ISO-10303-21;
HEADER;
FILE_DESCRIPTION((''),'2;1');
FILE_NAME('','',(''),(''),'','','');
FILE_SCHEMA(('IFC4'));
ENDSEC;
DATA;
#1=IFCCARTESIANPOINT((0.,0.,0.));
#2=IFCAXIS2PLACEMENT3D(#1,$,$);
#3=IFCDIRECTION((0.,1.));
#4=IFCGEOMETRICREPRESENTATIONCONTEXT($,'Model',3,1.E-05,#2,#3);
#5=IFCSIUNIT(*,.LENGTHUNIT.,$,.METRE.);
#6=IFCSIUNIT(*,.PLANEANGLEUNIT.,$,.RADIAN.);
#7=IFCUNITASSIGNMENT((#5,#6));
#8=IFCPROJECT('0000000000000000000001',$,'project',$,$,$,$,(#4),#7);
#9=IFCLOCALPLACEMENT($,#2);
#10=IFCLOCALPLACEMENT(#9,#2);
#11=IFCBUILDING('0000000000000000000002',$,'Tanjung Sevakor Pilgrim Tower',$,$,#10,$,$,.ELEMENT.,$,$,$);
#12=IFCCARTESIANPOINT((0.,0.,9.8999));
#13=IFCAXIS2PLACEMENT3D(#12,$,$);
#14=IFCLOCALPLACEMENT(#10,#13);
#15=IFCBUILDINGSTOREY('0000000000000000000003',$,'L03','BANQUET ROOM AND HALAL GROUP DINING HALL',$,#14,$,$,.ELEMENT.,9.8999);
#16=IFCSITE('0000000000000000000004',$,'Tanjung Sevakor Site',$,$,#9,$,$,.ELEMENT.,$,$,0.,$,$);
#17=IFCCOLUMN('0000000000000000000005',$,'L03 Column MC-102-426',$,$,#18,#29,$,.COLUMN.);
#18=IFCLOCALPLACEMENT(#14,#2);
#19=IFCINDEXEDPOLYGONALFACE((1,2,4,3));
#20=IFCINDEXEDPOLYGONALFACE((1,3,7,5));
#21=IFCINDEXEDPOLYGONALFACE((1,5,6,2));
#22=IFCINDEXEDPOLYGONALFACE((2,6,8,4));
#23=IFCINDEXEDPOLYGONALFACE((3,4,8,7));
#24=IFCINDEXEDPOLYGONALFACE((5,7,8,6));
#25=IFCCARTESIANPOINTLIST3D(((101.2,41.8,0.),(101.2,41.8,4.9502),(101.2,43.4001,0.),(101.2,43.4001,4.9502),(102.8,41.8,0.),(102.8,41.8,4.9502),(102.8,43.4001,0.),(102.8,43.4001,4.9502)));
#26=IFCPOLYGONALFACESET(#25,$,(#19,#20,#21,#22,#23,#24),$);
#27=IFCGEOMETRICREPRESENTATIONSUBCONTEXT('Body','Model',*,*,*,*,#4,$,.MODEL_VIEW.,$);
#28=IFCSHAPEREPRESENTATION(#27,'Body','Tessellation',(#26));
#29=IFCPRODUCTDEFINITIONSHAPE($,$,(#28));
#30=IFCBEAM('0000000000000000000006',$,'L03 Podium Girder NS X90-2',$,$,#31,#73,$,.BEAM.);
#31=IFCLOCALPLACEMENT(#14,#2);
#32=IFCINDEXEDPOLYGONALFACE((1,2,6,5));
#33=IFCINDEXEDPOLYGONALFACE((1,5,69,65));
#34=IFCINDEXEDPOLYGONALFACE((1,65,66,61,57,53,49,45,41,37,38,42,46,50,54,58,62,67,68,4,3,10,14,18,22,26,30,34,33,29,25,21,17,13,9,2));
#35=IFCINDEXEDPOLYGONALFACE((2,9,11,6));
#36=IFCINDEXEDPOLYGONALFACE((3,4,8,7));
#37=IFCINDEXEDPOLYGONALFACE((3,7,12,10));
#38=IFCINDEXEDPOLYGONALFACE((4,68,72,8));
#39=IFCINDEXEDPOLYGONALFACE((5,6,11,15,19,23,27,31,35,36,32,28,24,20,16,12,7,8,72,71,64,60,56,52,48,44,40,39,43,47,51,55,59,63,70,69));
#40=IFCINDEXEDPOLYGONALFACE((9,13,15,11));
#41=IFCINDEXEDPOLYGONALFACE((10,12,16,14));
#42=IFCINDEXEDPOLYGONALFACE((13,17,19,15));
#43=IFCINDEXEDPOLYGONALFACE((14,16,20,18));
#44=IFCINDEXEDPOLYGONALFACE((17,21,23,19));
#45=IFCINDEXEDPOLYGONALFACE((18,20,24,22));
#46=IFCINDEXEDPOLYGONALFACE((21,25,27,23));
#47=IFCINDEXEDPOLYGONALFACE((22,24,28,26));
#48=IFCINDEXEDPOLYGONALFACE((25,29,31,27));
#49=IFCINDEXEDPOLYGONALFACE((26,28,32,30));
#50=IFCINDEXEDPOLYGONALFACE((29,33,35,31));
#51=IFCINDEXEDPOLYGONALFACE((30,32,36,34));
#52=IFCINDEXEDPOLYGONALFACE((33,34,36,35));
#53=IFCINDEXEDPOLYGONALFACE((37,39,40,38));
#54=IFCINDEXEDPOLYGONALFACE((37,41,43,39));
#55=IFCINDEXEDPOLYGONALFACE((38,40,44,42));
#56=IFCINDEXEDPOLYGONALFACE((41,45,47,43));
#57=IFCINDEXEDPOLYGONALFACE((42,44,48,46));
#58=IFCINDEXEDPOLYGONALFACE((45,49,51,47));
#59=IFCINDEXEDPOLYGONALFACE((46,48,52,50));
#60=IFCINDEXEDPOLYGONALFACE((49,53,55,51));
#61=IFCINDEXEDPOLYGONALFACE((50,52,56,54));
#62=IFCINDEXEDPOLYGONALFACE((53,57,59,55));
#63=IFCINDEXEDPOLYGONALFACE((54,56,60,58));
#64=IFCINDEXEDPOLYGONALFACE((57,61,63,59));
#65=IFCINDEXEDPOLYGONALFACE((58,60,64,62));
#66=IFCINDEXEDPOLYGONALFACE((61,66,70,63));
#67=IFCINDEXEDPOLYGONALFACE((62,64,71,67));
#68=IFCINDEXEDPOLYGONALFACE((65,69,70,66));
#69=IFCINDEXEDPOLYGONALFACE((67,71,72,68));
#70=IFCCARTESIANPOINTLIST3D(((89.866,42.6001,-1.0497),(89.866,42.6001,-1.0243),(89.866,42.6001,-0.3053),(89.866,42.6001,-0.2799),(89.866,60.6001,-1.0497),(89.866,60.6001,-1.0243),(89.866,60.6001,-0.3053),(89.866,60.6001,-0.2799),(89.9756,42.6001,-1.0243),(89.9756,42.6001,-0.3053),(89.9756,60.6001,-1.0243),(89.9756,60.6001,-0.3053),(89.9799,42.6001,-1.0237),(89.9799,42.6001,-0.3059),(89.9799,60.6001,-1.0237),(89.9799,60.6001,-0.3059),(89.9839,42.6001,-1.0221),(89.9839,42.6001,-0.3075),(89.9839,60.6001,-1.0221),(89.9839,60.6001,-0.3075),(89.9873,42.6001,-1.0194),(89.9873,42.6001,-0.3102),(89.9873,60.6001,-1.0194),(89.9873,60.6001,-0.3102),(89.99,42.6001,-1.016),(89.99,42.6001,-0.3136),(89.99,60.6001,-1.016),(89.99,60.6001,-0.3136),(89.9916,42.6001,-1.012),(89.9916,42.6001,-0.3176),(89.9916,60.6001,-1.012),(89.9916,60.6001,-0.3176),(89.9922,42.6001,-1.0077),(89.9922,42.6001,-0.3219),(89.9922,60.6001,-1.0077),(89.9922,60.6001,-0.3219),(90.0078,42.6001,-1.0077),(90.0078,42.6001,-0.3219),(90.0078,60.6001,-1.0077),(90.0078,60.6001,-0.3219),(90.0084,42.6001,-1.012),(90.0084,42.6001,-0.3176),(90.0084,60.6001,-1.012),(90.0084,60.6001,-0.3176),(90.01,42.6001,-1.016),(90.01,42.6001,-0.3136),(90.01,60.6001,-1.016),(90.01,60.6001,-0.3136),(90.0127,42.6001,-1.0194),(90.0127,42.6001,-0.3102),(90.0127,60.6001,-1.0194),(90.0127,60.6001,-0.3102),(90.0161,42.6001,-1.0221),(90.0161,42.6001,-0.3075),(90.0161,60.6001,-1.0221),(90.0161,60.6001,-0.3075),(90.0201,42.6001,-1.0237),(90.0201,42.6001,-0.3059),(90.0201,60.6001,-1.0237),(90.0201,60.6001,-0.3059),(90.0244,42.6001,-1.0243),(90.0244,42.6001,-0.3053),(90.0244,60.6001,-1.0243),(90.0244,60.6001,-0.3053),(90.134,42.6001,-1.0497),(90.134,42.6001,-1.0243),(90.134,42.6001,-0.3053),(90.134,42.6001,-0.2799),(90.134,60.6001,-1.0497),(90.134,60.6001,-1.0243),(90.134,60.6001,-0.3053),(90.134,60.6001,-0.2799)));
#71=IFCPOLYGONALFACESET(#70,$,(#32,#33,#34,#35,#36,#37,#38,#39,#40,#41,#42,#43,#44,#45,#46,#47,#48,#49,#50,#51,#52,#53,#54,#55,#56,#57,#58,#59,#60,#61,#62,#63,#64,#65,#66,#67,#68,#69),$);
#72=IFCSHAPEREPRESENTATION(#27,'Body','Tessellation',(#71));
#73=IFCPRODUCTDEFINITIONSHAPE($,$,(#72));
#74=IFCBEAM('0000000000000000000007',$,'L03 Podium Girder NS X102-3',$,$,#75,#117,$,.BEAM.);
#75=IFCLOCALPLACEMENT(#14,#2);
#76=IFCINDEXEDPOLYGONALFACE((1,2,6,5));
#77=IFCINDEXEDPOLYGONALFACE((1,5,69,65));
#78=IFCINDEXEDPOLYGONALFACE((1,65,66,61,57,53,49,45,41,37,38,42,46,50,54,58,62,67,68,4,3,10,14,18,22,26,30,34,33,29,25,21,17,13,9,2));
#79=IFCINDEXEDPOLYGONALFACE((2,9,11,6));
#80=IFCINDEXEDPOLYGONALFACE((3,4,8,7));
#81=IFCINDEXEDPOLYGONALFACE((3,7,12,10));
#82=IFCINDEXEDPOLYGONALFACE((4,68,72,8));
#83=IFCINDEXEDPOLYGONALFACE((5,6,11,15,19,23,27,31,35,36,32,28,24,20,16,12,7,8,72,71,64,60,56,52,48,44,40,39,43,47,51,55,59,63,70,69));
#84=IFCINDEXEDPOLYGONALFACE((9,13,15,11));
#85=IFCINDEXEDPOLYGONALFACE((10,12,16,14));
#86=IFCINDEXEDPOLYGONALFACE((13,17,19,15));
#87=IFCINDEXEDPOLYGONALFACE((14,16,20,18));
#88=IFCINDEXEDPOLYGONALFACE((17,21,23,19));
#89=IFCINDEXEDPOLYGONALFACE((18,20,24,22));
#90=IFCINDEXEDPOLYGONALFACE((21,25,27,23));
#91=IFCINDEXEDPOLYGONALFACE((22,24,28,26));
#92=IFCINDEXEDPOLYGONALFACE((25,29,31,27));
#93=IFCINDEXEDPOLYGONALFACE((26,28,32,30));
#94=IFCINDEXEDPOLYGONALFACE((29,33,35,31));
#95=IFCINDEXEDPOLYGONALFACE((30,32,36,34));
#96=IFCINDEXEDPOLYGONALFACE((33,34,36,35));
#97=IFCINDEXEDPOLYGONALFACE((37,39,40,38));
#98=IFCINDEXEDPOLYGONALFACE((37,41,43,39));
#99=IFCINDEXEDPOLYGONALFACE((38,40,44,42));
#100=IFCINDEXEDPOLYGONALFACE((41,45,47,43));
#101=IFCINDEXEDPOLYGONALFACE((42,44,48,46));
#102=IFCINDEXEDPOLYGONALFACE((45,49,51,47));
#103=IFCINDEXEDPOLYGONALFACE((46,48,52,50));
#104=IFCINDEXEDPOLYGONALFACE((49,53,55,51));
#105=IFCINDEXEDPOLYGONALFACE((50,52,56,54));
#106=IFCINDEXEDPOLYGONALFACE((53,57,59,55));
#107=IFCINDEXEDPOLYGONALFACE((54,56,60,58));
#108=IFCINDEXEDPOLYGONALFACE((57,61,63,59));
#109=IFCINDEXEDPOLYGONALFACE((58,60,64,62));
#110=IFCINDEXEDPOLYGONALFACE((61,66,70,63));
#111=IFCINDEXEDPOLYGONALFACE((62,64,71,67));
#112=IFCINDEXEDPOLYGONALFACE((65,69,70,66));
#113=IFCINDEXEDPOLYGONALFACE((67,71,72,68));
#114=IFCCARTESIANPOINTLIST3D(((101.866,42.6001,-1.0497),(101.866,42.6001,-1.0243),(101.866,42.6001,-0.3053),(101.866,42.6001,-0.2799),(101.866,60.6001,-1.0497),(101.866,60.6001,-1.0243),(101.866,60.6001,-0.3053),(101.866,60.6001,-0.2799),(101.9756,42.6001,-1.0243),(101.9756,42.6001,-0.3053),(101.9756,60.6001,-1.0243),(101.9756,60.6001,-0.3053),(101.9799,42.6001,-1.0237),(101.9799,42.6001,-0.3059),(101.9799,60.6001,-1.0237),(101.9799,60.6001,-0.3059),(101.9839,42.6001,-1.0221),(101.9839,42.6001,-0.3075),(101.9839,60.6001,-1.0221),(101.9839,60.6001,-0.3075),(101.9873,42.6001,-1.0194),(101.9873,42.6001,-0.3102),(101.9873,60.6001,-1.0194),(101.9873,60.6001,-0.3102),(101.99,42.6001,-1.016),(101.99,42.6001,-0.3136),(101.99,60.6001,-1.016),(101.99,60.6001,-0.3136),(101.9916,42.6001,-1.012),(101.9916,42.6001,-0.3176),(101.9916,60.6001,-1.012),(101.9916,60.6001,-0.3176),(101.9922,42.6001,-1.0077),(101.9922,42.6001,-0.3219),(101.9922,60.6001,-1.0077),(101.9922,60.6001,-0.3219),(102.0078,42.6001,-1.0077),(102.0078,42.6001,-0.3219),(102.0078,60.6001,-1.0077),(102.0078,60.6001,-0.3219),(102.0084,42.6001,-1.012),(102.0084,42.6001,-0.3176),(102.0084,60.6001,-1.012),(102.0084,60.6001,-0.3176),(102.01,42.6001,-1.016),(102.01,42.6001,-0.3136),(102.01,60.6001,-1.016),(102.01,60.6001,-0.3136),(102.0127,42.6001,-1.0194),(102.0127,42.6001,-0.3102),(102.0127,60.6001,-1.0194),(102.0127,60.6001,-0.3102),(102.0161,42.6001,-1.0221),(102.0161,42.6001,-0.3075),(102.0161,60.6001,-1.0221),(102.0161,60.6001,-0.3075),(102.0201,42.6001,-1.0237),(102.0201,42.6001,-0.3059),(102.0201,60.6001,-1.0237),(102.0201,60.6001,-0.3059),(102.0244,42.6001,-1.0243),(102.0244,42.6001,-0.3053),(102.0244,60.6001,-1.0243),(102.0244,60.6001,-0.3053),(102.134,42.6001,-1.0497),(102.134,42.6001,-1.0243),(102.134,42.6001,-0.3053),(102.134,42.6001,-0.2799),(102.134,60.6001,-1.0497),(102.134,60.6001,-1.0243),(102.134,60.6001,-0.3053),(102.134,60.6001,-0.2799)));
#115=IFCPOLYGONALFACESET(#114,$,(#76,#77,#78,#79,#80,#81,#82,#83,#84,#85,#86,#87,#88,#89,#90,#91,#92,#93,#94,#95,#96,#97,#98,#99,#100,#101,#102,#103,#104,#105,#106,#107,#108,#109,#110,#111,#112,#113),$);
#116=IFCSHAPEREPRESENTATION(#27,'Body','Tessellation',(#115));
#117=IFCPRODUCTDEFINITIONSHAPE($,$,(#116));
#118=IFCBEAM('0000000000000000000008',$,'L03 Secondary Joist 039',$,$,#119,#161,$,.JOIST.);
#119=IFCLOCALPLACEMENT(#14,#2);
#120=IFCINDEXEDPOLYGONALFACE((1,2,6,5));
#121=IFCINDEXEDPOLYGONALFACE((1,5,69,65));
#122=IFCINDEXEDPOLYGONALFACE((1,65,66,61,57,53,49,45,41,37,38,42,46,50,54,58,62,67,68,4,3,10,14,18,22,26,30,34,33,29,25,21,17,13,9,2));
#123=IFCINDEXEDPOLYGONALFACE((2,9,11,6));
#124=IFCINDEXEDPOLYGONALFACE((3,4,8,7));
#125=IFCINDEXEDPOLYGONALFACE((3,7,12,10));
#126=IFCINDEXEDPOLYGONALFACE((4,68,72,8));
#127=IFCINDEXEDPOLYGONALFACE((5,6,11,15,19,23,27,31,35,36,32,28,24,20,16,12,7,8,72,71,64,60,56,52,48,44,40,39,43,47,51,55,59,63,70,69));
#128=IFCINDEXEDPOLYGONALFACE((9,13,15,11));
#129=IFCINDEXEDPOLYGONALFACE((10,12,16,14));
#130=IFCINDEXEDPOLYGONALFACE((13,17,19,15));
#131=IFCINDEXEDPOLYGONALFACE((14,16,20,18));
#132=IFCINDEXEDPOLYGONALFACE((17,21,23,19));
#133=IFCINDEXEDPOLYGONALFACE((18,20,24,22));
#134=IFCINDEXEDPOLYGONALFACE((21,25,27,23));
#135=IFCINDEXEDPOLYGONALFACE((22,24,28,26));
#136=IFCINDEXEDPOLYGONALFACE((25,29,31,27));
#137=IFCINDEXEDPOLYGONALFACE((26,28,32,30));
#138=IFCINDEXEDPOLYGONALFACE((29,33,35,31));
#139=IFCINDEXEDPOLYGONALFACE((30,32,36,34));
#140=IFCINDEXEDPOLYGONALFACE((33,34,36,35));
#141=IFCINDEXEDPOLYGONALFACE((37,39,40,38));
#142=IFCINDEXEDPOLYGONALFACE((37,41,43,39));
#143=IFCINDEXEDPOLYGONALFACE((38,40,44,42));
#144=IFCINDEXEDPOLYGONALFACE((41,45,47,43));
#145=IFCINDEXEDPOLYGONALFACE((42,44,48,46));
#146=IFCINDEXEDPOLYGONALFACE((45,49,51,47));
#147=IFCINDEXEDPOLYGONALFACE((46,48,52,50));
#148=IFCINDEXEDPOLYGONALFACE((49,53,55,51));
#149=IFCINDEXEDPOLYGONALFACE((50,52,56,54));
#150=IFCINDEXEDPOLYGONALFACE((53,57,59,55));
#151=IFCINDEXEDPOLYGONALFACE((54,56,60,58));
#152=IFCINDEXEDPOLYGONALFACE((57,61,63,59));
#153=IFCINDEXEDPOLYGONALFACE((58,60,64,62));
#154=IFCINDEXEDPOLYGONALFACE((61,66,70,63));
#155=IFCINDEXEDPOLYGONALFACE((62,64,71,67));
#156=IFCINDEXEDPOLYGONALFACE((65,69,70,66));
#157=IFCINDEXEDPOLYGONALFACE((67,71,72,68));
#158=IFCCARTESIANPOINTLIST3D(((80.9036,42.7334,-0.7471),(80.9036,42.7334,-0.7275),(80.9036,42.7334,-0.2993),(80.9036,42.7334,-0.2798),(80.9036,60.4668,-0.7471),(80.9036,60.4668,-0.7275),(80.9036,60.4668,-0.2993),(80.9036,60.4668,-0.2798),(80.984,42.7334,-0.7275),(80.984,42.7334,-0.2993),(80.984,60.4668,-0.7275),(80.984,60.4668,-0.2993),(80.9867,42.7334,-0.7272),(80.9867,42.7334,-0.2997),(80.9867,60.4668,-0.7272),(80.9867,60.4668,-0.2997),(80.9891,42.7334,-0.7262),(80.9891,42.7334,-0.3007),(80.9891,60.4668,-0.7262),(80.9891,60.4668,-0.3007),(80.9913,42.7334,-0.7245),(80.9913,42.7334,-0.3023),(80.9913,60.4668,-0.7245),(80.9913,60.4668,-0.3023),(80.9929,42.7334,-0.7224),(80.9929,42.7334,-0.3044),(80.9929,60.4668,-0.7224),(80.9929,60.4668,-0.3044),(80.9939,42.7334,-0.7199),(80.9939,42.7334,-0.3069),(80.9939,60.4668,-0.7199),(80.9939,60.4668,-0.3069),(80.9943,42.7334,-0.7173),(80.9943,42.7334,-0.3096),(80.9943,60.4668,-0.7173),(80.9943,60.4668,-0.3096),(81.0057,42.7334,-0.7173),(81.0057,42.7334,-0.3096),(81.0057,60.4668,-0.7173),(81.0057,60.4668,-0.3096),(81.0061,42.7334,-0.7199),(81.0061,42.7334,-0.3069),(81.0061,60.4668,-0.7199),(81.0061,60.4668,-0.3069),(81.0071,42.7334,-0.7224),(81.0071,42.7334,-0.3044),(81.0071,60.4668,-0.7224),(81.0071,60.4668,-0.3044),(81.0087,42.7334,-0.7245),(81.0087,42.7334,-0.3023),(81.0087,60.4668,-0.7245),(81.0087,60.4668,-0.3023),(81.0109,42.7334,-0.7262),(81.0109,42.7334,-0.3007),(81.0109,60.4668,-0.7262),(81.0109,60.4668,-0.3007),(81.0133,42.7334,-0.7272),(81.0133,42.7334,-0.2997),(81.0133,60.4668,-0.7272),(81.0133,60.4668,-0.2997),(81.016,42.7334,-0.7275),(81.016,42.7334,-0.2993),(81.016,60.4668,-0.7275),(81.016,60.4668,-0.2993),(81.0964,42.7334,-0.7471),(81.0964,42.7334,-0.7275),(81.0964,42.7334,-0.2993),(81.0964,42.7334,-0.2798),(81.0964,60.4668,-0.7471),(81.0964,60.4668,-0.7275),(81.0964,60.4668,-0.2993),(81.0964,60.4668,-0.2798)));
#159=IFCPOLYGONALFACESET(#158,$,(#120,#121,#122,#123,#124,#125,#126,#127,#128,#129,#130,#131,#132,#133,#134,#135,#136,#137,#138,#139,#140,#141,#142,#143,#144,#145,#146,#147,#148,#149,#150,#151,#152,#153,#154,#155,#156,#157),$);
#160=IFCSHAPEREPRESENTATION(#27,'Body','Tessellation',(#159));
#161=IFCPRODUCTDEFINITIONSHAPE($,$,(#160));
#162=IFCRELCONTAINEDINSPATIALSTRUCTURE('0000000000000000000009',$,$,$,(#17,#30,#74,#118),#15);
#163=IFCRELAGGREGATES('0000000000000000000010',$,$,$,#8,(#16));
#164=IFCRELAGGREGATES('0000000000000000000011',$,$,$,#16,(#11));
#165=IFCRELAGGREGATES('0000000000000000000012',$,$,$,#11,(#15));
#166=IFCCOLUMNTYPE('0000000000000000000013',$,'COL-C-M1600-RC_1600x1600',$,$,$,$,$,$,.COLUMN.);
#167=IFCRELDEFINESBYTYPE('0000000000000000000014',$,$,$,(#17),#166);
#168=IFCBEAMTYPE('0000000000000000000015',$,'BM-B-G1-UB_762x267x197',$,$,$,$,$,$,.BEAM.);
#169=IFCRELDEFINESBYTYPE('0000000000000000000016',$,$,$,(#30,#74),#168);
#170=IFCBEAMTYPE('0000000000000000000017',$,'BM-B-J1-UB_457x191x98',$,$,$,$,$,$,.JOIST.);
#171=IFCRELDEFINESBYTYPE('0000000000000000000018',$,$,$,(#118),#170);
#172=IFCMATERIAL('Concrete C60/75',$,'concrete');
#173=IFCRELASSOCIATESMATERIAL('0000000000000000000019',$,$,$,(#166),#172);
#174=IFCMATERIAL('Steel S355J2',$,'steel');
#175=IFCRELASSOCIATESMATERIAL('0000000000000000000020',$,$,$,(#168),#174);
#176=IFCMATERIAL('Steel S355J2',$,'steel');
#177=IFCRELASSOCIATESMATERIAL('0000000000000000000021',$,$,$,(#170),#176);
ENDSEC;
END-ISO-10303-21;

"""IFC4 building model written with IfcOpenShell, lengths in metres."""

from ifc_helpers import new_model, si_unit, direction, frame, origin, origin_2d, place, context, subcontext, project, spatial, rectangle, i_section, extrude, material, material_profile, profile_set, type_object, element, save


model = new_model("IFC4")

# Units and contexts
model_context = context("Model", 3, precision=1e-05, world=origin(), true_north=direction((0.0, 1.0)))
body_context = subcontext(model_context, "Body", "Model", "MODEL_VIEW")
ifc_project = project(units=[si_unit("LENGTHUNIT", "METRE"), si_unit("PLANEANGLEUNIT", "RADIAN")], contexts=[model_context])

# Site, building, storey
site_placement = place(None, origin())
site = spatial("IfcSite", under=ifc_project, at=site_placement, Name="Tanjung Sevakor Site", CompositionType="ELEMENT", RefElevation=0.0)
building_placement = place(site_placement, origin())
building = spatial("IfcBuilding", under=site, at=building_placement, Name="Tanjung Sevakor Pilgrim Tower", CompositionType="ELEMENT")
storey_placement = place(building_placement, frame((0.0, 0.0, 9.8999)))
storey = spatial("IfcBuildingStorey", under=building, at=storey_placement, Name="L03", Description="BANQUET ROOM AND HALAL GROUP DINING HALL", CompositionType="ELEMENT", Elevation=9.8999)

# Column
ifc_material_1 = material(Name="Concrete C60/75", Category="concrete")
ifc_material_profile_1 = material_profile(ifc_material_1, rectangle(XDim=1.6001, YDim=1.6001, at=origin_2d()))
ifc_profile_set_1 = profile_set([ifc_material_profile_1], Name="Concrete C60/75")
column_type = type_object("IfcColumnType", Name="COL-C-M1600-RC_1600x1600", PredefinedType="COLUMN", material=ifc_profile_set_1)
column_placement = place(storey_placement, frame((102.0, 42.6001, 0.0), z_axis=(0.0, 0.0, 1.0), x_axis=(1.0, 0.0, 0.0)))
element("IfcColumn", 1, at=column_placement, inside=storey, type_object=column_type, Name="L03 Column MC-102-426", PredefinedType="COLUMN", context=body_context, shape_type="SweptSolid", body=[
    extrude(rectangle(XDim=1.6001, YDim=1.6001, at=origin_2d()), origin(), (0.0, 0.0, 1.0), 4.9502),
])

# Beams
ifc_material_2 = material(Name="Steel S355J2", Category="steel")
ifc_material_profile_2 = material_profile(ifc_material_2, i_section(OverallWidth=0.2681, OverallDepth=0.7698, WebThickness=0.0156, FlangeThickness=0.0254, FilletRadius=0.0166, at=origin_2d()))
ifc_profile_set_2 = profile_set([ifc_material_profile_2], Name="Steel S355J2")
beam_type_1 = type_object("IfcBeamType", Name="BM-B-G1-UB_762x267x197", PredefinedType="BEAM", material=ifc_profile_set_2)
for number, where, z_axis, x_axis, name in (
    (2, (90.0, 42.6001, -0.6648), (0.0, 1.0, 0.0), (-1.0, 0.0, 0.0), "L03 Podium Girder NS X90-2"),
    (3, (102.0, 42.6001, -0.6648), (0.0, 1.0, 0.0), (-1.0, 0.0, 0.0), "L03 Podium Girder NS X102-3"),
):
    element("IfcBeam", number, at=place(storey_placement, frame(where, z_axis=z_axis, x_axis=x_axis)), inside=storey, type_object=beam_type_1, Name=name, PredefinedType="BEAM", context=body_context, shape_type="SweptSolid", body=[
        extrude(i_section(OverallWidth=0.2681, OverallDepth=0.7698, WebThickness=0.0156, FlangeThickness=0.0254, FilletRadius=0.0166, at=origin_2d()), origin(), (0.0, 0.0, 1.0), 18.0),
    ])
ifc_material_3 = material(Name="Steel S355J2", Category="steel")
ifc_material_profile_3 = material_profile(ifc_material_3, i_section(OverallWidth=0.1929, OverallDepth=0.4673, WebThickness=0.0115, FlangeThickness=0.0195, FilletRadius=0.0103, at=origin_2d()))
ifc_profile_set_3 = profile_set([ifc_material_profile_3], Name="Steel S355J2")
beam_type_2 = type_object("IfcBeamType", Name="BM-B-J1-UB_457x191x98", PredefinedType="JOIST", material=ifc_profile_set_3)
for number, where, z_axis, x_axis, name in (
    (4, (81.0, 42.7334, -0.5134), (0.0, 1.0, 0.0), (-1.0, 0.0, 0.0), "L03 Secondary Joist 039"),
):
    element("IfcBeam", number, at=place(storey_placement, frame(where, z_axis=z_axis, x_axis=x_axis)), inside=storey, type_object=beam_type_2, Name=name, PredefinedType="JOIST", context=body_context, shape_type="SweptSolid", body=[
        extrude(i_section(OverallWidth=0.1929, OverallDepth=0.4673, WebThickness=0.0115, FlangeThickness=0.0195, FilletRadius=0.0103, at=origin_2d()), origin(), (0.0, 0.0, 1.0), 17.7334),
    ])

save(model, "model.ifc")
